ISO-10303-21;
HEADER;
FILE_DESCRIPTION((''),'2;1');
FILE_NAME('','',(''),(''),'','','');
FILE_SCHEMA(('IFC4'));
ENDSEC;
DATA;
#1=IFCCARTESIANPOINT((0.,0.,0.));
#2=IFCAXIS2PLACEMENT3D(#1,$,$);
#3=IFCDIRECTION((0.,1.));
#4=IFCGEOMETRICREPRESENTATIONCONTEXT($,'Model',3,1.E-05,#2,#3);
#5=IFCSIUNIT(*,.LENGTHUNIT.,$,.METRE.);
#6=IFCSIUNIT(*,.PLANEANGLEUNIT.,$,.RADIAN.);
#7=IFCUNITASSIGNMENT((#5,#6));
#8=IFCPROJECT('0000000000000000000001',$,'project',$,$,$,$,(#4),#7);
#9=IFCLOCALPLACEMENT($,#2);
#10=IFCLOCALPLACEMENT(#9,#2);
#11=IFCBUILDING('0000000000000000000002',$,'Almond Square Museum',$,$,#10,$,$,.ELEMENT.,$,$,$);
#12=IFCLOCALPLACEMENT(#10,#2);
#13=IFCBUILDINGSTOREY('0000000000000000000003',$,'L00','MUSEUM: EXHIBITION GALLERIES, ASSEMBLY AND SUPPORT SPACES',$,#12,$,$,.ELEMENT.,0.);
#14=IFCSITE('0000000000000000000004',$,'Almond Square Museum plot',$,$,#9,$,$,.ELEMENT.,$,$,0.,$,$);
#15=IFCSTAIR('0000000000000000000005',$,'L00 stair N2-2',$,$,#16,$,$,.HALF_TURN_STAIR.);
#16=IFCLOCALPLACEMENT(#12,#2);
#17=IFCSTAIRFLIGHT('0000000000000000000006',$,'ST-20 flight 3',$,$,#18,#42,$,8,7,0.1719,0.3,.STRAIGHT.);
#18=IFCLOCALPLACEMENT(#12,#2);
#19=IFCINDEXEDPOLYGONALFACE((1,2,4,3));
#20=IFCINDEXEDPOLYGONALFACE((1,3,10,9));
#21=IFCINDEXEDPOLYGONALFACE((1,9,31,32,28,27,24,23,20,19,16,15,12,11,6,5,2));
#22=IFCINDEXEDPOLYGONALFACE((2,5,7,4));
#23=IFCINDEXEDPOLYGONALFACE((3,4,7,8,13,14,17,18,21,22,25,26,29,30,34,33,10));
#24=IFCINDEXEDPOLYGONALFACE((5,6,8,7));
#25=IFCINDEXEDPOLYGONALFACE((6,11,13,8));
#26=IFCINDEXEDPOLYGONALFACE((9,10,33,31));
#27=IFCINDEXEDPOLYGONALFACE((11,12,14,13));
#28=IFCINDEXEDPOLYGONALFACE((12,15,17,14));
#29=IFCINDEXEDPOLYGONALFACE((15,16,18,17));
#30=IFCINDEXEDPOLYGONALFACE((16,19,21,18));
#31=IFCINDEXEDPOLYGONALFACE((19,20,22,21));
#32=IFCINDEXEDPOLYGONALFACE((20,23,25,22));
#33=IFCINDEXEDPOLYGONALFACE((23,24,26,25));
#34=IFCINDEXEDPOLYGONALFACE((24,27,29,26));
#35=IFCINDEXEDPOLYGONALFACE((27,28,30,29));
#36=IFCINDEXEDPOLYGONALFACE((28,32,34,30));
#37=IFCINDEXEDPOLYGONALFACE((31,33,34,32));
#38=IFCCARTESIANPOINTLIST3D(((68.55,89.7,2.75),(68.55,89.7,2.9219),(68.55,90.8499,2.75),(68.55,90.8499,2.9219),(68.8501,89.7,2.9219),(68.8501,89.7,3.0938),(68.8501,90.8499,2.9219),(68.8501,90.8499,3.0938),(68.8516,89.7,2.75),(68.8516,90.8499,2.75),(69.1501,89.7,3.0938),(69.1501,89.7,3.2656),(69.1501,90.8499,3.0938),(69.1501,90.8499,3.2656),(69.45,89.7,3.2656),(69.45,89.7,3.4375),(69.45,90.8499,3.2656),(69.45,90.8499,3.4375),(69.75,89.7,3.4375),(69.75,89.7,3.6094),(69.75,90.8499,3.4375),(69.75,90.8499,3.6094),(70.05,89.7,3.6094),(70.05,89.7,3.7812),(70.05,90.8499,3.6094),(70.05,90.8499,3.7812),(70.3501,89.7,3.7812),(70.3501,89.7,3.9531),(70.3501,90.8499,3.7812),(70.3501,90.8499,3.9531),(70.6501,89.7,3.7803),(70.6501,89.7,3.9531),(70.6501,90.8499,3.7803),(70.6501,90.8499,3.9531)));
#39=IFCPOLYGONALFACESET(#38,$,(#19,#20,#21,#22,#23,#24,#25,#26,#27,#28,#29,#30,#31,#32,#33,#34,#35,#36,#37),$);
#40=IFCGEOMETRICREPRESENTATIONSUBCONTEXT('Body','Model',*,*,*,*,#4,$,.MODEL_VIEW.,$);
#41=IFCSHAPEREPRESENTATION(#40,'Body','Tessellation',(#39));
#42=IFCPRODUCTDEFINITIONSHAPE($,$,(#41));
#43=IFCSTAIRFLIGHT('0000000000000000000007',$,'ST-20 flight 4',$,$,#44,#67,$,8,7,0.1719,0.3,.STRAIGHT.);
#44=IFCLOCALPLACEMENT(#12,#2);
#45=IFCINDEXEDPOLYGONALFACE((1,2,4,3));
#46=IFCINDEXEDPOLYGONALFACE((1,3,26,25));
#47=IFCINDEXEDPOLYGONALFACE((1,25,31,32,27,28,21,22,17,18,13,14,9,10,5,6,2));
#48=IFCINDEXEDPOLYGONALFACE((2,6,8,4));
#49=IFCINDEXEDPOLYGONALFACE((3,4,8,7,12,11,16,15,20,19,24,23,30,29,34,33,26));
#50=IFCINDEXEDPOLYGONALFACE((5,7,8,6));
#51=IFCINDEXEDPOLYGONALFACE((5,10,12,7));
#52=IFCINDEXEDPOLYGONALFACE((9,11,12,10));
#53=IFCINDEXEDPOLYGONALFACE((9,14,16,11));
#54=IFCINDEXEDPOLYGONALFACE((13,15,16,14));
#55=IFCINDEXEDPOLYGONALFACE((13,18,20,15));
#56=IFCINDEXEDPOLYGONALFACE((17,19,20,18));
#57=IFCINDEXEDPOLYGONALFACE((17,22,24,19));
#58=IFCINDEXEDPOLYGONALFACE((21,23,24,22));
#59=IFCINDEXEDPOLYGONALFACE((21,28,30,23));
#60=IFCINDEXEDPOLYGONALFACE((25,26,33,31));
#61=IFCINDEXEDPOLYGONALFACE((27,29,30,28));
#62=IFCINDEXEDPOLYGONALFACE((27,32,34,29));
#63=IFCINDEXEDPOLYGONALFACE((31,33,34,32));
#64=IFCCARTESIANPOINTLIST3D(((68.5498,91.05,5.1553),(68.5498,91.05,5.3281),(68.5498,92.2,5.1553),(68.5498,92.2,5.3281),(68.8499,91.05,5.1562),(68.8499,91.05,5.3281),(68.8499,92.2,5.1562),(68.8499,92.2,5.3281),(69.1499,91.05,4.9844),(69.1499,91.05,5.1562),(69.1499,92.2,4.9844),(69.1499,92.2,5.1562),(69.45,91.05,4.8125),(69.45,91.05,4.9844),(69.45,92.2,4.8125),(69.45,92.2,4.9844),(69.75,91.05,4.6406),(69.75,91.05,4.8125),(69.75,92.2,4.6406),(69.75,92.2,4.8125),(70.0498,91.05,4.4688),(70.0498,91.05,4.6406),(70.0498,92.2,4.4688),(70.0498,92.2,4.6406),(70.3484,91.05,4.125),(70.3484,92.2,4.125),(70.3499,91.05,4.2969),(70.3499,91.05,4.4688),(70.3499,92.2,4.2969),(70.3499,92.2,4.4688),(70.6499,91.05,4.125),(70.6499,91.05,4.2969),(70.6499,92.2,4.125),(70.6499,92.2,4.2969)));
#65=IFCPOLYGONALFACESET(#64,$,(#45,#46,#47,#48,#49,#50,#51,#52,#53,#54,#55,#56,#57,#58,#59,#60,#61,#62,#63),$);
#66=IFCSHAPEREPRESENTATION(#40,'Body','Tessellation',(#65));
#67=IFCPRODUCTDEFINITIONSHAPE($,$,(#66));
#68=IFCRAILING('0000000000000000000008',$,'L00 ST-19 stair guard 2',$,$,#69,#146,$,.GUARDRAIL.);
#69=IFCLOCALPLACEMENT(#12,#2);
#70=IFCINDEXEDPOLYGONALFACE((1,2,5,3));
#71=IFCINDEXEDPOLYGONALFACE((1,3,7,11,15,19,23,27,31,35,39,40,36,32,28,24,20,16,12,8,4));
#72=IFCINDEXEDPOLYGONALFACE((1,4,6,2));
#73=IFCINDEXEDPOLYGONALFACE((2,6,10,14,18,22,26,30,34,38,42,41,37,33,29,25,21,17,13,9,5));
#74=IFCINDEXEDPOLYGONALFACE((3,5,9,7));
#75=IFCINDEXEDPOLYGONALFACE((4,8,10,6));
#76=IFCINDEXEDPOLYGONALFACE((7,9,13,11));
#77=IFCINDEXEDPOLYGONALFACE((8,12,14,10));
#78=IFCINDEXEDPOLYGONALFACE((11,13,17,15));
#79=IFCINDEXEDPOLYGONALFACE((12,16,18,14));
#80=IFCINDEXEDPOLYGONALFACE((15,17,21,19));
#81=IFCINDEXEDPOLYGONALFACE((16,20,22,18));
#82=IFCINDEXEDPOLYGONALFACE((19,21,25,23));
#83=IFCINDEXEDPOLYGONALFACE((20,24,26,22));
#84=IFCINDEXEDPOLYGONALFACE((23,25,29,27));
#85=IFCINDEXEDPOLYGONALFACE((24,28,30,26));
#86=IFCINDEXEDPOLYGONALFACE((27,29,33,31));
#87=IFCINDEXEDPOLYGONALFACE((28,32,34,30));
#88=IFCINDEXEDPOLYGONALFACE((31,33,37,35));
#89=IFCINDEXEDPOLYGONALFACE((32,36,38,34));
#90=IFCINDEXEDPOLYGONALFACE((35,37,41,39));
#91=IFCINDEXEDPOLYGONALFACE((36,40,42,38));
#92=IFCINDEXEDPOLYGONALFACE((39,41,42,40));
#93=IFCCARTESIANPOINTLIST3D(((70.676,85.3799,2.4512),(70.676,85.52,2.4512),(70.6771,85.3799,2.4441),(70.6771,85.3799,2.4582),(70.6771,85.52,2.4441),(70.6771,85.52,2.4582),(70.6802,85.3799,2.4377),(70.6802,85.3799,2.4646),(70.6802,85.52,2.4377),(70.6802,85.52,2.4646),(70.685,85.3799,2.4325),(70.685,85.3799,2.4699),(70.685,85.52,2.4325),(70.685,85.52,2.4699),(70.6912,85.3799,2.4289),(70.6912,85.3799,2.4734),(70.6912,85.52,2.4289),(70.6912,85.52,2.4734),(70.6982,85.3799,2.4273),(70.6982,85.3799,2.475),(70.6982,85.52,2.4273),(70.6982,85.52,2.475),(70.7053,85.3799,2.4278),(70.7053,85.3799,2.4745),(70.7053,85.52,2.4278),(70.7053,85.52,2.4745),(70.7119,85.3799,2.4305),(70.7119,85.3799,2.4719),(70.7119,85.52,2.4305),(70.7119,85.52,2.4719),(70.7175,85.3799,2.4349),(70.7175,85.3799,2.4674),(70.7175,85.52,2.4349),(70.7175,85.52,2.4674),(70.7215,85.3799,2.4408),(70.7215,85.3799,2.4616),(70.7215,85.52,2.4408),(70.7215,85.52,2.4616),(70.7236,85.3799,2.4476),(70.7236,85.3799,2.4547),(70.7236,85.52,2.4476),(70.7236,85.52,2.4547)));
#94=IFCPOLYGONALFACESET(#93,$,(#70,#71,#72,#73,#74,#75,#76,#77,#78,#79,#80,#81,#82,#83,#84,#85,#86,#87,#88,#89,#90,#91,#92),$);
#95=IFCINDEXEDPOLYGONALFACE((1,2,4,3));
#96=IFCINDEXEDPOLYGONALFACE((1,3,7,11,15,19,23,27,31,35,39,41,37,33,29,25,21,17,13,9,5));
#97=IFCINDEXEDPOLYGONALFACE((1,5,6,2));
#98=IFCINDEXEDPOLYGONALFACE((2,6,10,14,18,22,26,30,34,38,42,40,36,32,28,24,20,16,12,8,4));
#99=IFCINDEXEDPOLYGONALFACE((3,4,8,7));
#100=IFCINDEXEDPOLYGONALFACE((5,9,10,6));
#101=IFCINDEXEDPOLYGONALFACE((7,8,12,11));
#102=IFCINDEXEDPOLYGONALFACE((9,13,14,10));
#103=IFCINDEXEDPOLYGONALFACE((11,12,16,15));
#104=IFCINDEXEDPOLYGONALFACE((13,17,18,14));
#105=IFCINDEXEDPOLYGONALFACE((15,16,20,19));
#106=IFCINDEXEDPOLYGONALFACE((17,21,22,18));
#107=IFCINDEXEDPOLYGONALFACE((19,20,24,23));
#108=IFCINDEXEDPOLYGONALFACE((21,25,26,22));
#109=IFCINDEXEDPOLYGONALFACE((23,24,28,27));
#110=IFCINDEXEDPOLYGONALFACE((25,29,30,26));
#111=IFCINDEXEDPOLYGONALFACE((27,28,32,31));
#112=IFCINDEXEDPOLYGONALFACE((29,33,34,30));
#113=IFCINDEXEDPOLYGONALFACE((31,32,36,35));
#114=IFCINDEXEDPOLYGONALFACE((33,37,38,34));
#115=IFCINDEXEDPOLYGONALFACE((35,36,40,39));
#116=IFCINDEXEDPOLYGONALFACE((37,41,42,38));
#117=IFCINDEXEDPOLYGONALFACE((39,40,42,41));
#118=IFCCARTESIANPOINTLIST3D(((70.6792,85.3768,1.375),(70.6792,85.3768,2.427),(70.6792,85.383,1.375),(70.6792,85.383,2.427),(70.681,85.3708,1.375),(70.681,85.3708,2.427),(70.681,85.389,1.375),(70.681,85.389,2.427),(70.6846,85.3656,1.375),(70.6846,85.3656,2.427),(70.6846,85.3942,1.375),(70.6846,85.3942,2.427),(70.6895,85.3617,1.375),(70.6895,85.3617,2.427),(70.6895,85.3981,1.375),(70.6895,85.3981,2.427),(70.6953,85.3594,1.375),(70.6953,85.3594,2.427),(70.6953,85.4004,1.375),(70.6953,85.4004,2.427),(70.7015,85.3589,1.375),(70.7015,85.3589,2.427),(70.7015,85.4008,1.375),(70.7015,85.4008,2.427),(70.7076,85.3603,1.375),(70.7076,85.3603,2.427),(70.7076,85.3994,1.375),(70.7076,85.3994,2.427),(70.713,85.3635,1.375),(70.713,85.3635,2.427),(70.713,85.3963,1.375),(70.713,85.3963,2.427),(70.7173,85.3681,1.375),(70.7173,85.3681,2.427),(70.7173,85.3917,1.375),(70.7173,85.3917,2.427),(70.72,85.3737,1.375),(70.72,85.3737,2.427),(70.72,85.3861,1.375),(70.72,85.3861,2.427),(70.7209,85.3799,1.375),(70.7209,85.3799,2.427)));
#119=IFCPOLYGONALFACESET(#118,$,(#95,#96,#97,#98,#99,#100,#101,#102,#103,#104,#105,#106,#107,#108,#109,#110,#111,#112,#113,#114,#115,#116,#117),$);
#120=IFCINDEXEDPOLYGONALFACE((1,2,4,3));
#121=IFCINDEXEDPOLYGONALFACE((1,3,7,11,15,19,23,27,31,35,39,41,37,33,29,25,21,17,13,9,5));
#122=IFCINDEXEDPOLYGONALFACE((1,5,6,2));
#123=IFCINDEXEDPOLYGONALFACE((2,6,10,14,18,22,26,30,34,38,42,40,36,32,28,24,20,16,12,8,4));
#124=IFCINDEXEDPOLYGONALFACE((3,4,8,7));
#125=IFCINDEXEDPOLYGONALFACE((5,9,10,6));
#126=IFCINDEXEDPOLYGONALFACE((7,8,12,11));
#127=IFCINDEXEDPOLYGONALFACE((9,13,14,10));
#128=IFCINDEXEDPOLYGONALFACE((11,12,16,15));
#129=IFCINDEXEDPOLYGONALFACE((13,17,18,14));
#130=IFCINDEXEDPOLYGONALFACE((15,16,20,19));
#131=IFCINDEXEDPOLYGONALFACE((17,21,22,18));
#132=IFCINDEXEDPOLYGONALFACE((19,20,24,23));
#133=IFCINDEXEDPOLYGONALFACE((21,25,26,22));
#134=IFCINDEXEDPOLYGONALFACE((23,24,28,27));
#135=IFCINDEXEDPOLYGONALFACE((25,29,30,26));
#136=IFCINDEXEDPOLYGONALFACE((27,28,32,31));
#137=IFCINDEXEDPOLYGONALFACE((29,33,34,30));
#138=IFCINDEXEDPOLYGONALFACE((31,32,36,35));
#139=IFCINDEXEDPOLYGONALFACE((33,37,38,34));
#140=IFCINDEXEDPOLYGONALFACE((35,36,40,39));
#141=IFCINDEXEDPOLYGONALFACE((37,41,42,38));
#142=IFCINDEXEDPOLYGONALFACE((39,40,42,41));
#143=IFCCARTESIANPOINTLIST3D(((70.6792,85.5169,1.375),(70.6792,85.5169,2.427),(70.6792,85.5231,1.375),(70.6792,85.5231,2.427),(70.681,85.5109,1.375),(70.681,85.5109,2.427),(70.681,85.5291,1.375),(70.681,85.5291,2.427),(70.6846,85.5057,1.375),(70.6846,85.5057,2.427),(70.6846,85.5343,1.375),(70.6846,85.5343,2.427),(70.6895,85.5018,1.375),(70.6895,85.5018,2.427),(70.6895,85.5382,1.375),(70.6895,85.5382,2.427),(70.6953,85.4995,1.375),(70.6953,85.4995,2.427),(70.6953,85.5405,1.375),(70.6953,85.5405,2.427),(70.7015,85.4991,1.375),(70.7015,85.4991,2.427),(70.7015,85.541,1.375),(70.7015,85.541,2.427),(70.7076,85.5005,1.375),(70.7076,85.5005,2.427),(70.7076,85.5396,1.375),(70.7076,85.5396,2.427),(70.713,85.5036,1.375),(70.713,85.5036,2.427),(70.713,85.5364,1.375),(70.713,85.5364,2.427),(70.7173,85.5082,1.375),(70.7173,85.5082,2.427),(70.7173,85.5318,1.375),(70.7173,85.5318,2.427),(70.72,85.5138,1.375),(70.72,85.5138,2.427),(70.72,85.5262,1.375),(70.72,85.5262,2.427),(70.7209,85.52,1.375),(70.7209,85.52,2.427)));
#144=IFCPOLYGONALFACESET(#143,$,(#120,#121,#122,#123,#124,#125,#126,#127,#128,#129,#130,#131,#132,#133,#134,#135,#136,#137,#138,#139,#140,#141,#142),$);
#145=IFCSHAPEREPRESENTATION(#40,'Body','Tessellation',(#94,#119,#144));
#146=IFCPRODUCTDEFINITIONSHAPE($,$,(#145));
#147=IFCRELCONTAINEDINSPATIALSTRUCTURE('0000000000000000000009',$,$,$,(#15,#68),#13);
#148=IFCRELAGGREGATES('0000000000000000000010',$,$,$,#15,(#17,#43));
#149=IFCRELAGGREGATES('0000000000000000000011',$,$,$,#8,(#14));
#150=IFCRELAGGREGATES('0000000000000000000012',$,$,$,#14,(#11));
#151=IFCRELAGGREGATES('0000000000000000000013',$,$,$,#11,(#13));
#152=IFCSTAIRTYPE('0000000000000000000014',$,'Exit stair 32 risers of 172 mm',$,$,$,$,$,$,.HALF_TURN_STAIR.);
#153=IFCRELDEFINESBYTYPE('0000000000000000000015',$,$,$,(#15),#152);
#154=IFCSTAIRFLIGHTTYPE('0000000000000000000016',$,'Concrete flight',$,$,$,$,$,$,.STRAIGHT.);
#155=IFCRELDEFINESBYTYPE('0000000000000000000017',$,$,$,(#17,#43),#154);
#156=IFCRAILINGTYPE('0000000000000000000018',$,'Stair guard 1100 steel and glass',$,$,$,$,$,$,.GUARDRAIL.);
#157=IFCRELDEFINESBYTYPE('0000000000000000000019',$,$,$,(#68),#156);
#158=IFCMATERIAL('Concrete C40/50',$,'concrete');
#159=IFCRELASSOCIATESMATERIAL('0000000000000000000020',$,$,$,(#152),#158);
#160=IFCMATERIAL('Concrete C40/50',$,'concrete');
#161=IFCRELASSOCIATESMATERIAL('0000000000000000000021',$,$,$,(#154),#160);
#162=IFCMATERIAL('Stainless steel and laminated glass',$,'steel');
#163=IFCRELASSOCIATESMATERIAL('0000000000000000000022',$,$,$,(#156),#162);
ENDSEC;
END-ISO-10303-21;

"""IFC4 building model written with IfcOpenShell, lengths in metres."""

from ifc_helpers import new_model, si_unit, direction, frame, origin, origin_2d, place, context, subcontext, project, spatial, polyline, circle, outline, extrude, material, type_object, element, aggregate, save


model = new_model("IFC4")

# Units and contexts
model_context = context("Model", 3, precision=1e-05, world=origin(), true_north=direction((0.0, 1.0)))
body_context = subcontext(model_context, "Body", "Model", "MODEL_VIEW")
ifc_project = project(units=[si_unit("LENGTHUNIT", "METRE"), si_unit("PLANEANGLEUNIT", "RADIAN")], contexts=[model_context])

# Site, building, storey
site_placement = place(None, origin())
site = spatial("IfcSite", under=ifc_project, at=site_placement, Name="Almond Square Museum plot", CompositionType="ELEMENT", RefElevation=0.0)
building_placement = place(site_placement, origin())
building = spatial("IfcBuilding", under=site, at=building_placement, Name="Almond Square Museum", CompositionType="ELEMENT")
storey_placement = place(building_placement, origin())
storey = spatial("IfcBuildingStorey", under=building, at=storey_placement, Name="L00", Description="MUSEUM: EXHIBITION GALLERIES, ASSEMBLY AND SUPPORT SPACES", CompositionType="ELEMENT", Elevation=0.0)

# Stair, stair flights
ifc_material_1 = material(Name="Concrete C40/50", Category="concrete")
stair_type = type_object("IfcStairType", Name="Exit stair 32 risers of 172 mm", PredefinedType="HALF_TURN_STAIR", material=ifc_material_1)
ifc_material_2 = material(Name="Concrete C40/50", Category="concrete")
stair_flight_type = type_object("IfcStairFlightType", Name="Concrete flight", PredefinedType="STRAIGHT", material=ifc_material_2)
stair_1_placement = place(storey_placement, origin())
stair_1 = element("IfcStair", 1, at=stair_1_placement, inside=storey, type_object=stair_type, Name="L00 stair N2-2", PredefinedType="HALF_TURN_STAIR")
stair_flight_1_placement = place(storey_placement, frame((68.55, 90.2749, 2.75), z_axis=(0.0, 0.0, 1.0), x_axis=(1.0, 0.0, 0.0)))
stair_flight_1 = element("IfcStairFlight", 2, at=stair_flight_1_placement, type_object=stair_flight_type, Name="ST-20 flight 3", NumberOfRisers=8, NumberOfTreads=7, PredefinedType="STRAIGHT", RiserHeight=0.1719, TreadLength=0.3, context=body_context, shape_type="SweptSolid", body=[
    extrude(outline(polyline([(0.0, 0.0), (0.0, 0.1719), (0.3, 0.1719), (0.3, 0.3438), (0.6001, 0.3438), (0.6001, 0.5156), (0.8999, 0.5156), (0.8999, 0.6875), (1.2, 0.6875), (1.2, 0.8594), (1.5, 0.8594), (1.5, 1.0312), (1.8, 1.0312), (1.8, 1.2031), (2.1001, 1.2031), (2.1001, 1.375), (2.1001, 1.0303), (0.3015, 0.0), (0.0, 0.0)])), frame((0.0, 0.575, 0.0), z_axis=(0.0, -1.0, 0.0), x_axis=(1.0, 0.0, 0.0)), (0.0, 0.0, 1.0), 1.1499),
])
stair_flight_2_placement = place(storey_placement, frame((70.6499, 91.625, 4.125), z_axis=(0.0, 0.0, 1.0), x_axis=(-1.0, 0.0, 0.0)))
stair_flight_2 = element("IfcStairFlight", 3, at=stair_flight_2_placement, type_object=stair_flight_type, Name="ST-20 flight 4", NumberOfRisers=8, NumberOfTreads=7, PredefinedType="STRAIGHT", RiserHeight=0.1719, TreadLength=0.3, context=body_context, shape_type="SweptSolid", body=[
    extrude(outline(polyline([(0.0, 0.0), (0.0, 0.1719), (0.3, 0.1719), (0.3, 0.3438), (0.6001, 0.3438), (0.6001, 0.5156), (0.8999, 0.5156), (0.8999, 0.6875), (1.2, 0.6875), (1.2, 0.8594), (1.5, 0.8594), (1.5, 1.0312), (1.8, 1.0312), (1.8, 1.2031), (2.1001, 1.2031), (2.1001, 1.375), (2.1001, 1.0303), (0.3015, 0.0), (0.0, 0.0)])), frame((0.0, 0.575, 0.0), z_axis=(0.0, -1.0, 0.0), x_axis=(1.0, 0.0, 0.0)), (0.0, 0.0, 1.0), 1.1499),
])
aggregate(stair_1, [stair_flight_1, stair_flight_2])

# Railing
ifc_material_3 = material(Name="Stainless steel and laminated glass", Category="steel")
railing_type_1 = type_object("IfcRailingType", Name="Stair guard 1100 steel and glass", PredefinedType="GUARDRAIL", material=ifc_material_3)
railing_1_placement = place(storey_placement, frame((70.7, 85.3799, 1.375)))
element("IfcRailing", 4, at=railing_1_placement, inside=storey, type_object=railing_type_1, Name="L00 ST-19 stair guard 2", PredefinedType="GUARDRAIL", context=body_context, shape_type="SweptSolid", body=[
    extrude(circle(Radius=0.0239, at=origin_2d()), frame((0.0, 0.0, 1.0762), z_axis=(0.0, 1.0, 0.0), x_axis=(-1.0, 0.0, 0.0)), (0.0, 0.0, 1.0), 0.1401),
    extrude(circle(Radius=0.021, at=origin_2d()), origin(), (0.0, 0.0, 1.0), 1.052),
    extrude(circle(Radius=0.021, at=origin_2d()), frame((0.0, 0.1401, 0.0)), (0.0, 0.0, 1.0), 1.052),
])

save(model, "model.ifc")
